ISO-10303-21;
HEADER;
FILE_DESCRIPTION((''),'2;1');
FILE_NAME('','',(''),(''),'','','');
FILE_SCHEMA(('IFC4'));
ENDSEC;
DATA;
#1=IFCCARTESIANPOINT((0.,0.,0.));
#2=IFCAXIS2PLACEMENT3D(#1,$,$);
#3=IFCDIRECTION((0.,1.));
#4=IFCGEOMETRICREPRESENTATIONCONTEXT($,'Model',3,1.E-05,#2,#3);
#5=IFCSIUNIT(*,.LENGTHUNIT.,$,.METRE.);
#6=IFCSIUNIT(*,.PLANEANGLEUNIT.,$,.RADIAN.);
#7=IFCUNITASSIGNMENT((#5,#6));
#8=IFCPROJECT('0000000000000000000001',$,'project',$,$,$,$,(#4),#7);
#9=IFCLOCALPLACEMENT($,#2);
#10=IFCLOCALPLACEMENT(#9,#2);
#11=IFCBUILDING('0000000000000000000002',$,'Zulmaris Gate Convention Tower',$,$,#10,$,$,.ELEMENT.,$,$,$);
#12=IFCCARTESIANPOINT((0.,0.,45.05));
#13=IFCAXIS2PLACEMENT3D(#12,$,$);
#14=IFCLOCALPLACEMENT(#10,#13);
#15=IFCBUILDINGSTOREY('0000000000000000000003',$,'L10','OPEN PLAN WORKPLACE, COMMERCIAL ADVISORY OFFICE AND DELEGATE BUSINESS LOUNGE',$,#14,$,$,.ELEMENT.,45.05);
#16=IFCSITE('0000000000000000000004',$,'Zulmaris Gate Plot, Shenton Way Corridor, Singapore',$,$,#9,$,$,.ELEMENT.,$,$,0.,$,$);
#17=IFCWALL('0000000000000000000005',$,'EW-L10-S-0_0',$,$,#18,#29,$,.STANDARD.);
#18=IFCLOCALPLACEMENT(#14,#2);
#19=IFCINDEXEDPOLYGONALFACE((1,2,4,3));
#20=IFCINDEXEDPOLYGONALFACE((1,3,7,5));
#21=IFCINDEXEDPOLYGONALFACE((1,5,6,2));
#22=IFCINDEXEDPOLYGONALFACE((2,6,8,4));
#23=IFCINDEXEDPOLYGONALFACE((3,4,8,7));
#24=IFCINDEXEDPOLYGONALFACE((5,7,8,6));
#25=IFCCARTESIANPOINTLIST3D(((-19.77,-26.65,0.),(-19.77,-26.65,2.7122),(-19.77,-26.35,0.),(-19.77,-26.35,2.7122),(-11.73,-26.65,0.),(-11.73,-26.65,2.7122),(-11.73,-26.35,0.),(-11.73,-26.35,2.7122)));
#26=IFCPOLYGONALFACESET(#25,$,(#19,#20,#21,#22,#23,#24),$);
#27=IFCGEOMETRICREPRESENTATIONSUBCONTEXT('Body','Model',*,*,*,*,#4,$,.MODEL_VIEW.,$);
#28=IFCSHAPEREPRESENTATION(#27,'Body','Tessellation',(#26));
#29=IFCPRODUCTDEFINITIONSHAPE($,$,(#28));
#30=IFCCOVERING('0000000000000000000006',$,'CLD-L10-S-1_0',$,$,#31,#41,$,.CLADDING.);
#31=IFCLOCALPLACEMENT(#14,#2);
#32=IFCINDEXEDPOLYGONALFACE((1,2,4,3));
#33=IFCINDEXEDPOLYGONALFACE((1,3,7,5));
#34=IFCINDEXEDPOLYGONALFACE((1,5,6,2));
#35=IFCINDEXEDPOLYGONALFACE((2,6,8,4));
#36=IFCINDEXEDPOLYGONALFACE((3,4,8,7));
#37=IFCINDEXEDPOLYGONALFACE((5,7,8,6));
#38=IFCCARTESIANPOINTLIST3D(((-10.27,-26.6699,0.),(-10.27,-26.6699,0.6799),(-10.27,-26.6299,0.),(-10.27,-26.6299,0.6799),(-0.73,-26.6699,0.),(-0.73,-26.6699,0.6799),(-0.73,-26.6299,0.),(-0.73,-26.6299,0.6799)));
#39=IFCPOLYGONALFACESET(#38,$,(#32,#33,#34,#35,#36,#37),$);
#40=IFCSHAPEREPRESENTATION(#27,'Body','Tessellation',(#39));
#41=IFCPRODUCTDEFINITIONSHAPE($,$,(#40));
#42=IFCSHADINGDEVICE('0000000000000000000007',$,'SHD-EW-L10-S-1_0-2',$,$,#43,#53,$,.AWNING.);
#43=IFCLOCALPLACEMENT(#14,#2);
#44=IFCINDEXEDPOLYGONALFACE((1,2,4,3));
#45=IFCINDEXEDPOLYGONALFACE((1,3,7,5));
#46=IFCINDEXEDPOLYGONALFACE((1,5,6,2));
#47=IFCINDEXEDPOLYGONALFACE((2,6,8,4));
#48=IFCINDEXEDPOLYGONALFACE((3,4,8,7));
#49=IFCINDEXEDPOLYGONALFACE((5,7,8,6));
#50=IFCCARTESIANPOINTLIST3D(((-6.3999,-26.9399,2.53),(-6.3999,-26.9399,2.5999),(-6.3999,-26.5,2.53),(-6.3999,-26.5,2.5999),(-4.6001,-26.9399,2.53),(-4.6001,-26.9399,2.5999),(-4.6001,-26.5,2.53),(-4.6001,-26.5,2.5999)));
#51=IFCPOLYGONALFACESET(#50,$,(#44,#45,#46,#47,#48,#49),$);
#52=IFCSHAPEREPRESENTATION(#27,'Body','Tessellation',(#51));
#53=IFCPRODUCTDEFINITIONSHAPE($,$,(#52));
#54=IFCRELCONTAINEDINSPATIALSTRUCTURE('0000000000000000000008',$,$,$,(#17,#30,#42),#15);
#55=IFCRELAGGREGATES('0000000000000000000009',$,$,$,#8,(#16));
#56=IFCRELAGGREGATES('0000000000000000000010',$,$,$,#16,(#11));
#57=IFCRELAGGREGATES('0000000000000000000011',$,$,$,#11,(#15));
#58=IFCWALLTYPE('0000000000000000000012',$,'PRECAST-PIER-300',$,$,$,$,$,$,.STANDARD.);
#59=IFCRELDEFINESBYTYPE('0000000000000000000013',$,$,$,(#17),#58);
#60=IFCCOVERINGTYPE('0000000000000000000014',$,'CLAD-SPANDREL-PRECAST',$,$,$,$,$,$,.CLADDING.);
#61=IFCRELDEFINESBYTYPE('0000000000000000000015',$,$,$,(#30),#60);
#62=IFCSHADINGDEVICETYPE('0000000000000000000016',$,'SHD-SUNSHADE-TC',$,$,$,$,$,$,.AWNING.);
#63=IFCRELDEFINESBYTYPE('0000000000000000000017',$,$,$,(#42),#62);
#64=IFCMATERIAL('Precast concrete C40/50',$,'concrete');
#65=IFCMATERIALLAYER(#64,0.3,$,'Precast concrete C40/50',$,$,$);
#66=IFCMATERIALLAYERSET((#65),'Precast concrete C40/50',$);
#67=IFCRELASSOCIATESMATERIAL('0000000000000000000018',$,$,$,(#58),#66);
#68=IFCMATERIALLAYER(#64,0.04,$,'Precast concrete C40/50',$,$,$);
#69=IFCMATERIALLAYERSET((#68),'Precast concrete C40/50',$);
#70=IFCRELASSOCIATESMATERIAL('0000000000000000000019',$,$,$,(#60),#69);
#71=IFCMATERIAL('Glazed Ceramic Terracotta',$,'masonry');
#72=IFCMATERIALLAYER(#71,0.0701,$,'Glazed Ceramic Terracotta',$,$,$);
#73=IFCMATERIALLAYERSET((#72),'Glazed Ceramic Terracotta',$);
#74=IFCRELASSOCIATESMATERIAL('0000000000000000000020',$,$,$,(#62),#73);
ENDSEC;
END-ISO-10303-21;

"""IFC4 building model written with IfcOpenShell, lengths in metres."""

from ifc_helpers import new_model, si_unit, direction, frame, frame_2d, origin, place, context, subcontext, project, spatial, rectangle, extrude, material, layer, layer_set, type_object, element, save


model = new_model("IFC4")

# Units and contexts
model_context = context("Model", 3, precision=1e-05, world=origin(), true_north=direction((0.0, 1.0)))
body_context = subcontext(model_context, "Body", "Model", "MODEL_VIEW")
ifc_project = project(units=[si_unit("LENGTHUNIT", "METRE"), si_unit("PLANEANGLEUNIT", "RADIAN")], contexts=[model_context])

# Site, building, storey
site_placement = place(None, origin())
site = spatial("IfcSite", under=ifc_project, at=site_placement, Name="Zulmaris Gate Plot, Shenton Way Corridor, Singapore", CompositionType="ELEMENT", RefElevation=0.0)
building_placement = place(site_placement, origin())
building = spatial("IfcBuilding", under=site, at=building_placement, Name="Zulmaris Gate Convention Tower", CompositionType="ELEMENT")
storey_placement = place(building_placement, frame((0.0, 0.0, 45.05)))
storey = spatial("IfcBuildingStorey", under=building, at=storey_placement, Name="L10", Description="OPEN PLAN WORKPLACE, COMMERCIAL ADVISORY OFFICE AND DELEGATE BUSINESS LOUNGE", CompositionType="ELEMENT", Elevation=45.05)

# Wall
ifc_material_1 = material(Name="Precast concrete C40/50", Category="concrete")
ifc_layer_1 = layer(ifc_material_1, 0.3, Name="Precast concrete C40/50")
ifc_layer_set_1 = layer_set([ifc_layer_1], Name="Precast concrete C40/50")
wall_type_1 = type_object("IfcWallType", Name="PRECAST-PIER-300", PredefinedType="STANDARD", material=ifc_layer_set_1)
wall_1_placement = place(storey_placement, frame((-19.77, -26.5, 0.0), z_axis=(0.0, 0.0, 1.0), x_axis=(1.0, 0.0, 0.0)))
element("IfcWall", 1, at=wall_1_placement, inside=storey, type_object=wall_type_1, Name="EW-L10-S-0_0", PredefinedType="STANDARD", context=body_context, shape_type="SweptSolid", body=[
    extrude(rectangle(XDim=8.04, YDim=0.3, at=frame_2d((4.02, 0.0))), origin(), (0.0, 0.0, 1.0), 2.7122),
])

# Covering
ifc_layer_2 = layer(ifc_material_1, 0.04, Name="Precast concrete C40/50")
ifc_layer_set_2 = layer_set([ifc_layer_2], Name="Precast concrete C40/50")
covering_type = type_object("IfcCoveringType", Name="CLAD-SPANDREL-PRECAST", PredefinedType="CLADDING", material=ifc_layer_set_2)
covering_placement = place(storey_placement, frame((-10.27, -26.6499, 0.0), z_axis=(0.0, 0.0, 1.0), x_axis=(1.0, 0.0, 0.0)))
element("IfcCovering", 2, at=covering_placement, inside=storey, type_object=covering_type, Name="CLD-L10-S-1_0", PredefinedType="CLADDING", context=body_context, shape_type="SweptSolid", body=[
    extrude(rectangle(XDim=9.54, YDim=0.04, at=frame_2d((4.77, 0.0))), origin(), (0.0, 0.0, 1.0), 0.6799),
])

# Shading device
ifc_material_2 = material(Name="Glazed Ceramic Terracotta", Category="masonry")
ifc_layer_3 = layer(ifc_material_2, 0.0701, Name="Glazed Ceramic Terracotta")
ifc_layer_set_3 = layer_set([ifc_layer_3], Name="Glazed Ceramic Terracotta")
shading_device_type = type_object("IfcShadingDeviceType", Name="SHD-SUNSHADE-TC", PredefinedType="AWNING", material=ifc_layer_set_3)
shading_device_placement = place(storey_placement, frame((-6.3999, -26.72, 2.53), z_axis=(0.0, 0.0, 1.0), x_axis=(1.0, 0.0, 0.0)))
element("IfcShadingDevice", 3, at=shading_device_placement, inside=storey, type_object=shading_device_type, Name="SHD-EW-L10-S-1_0-2", PredefinedType="AWNING", context=body_context, shape_type="SweptSolid", body=[
    extrude(rectangle(XDim=1.7998, YDim=0.4399, at=frame_2d((0.8999, 0.0))), origin(), (0.0, 0.0, 1.0), 0.0698),
])

save(model, "model.ifc")
